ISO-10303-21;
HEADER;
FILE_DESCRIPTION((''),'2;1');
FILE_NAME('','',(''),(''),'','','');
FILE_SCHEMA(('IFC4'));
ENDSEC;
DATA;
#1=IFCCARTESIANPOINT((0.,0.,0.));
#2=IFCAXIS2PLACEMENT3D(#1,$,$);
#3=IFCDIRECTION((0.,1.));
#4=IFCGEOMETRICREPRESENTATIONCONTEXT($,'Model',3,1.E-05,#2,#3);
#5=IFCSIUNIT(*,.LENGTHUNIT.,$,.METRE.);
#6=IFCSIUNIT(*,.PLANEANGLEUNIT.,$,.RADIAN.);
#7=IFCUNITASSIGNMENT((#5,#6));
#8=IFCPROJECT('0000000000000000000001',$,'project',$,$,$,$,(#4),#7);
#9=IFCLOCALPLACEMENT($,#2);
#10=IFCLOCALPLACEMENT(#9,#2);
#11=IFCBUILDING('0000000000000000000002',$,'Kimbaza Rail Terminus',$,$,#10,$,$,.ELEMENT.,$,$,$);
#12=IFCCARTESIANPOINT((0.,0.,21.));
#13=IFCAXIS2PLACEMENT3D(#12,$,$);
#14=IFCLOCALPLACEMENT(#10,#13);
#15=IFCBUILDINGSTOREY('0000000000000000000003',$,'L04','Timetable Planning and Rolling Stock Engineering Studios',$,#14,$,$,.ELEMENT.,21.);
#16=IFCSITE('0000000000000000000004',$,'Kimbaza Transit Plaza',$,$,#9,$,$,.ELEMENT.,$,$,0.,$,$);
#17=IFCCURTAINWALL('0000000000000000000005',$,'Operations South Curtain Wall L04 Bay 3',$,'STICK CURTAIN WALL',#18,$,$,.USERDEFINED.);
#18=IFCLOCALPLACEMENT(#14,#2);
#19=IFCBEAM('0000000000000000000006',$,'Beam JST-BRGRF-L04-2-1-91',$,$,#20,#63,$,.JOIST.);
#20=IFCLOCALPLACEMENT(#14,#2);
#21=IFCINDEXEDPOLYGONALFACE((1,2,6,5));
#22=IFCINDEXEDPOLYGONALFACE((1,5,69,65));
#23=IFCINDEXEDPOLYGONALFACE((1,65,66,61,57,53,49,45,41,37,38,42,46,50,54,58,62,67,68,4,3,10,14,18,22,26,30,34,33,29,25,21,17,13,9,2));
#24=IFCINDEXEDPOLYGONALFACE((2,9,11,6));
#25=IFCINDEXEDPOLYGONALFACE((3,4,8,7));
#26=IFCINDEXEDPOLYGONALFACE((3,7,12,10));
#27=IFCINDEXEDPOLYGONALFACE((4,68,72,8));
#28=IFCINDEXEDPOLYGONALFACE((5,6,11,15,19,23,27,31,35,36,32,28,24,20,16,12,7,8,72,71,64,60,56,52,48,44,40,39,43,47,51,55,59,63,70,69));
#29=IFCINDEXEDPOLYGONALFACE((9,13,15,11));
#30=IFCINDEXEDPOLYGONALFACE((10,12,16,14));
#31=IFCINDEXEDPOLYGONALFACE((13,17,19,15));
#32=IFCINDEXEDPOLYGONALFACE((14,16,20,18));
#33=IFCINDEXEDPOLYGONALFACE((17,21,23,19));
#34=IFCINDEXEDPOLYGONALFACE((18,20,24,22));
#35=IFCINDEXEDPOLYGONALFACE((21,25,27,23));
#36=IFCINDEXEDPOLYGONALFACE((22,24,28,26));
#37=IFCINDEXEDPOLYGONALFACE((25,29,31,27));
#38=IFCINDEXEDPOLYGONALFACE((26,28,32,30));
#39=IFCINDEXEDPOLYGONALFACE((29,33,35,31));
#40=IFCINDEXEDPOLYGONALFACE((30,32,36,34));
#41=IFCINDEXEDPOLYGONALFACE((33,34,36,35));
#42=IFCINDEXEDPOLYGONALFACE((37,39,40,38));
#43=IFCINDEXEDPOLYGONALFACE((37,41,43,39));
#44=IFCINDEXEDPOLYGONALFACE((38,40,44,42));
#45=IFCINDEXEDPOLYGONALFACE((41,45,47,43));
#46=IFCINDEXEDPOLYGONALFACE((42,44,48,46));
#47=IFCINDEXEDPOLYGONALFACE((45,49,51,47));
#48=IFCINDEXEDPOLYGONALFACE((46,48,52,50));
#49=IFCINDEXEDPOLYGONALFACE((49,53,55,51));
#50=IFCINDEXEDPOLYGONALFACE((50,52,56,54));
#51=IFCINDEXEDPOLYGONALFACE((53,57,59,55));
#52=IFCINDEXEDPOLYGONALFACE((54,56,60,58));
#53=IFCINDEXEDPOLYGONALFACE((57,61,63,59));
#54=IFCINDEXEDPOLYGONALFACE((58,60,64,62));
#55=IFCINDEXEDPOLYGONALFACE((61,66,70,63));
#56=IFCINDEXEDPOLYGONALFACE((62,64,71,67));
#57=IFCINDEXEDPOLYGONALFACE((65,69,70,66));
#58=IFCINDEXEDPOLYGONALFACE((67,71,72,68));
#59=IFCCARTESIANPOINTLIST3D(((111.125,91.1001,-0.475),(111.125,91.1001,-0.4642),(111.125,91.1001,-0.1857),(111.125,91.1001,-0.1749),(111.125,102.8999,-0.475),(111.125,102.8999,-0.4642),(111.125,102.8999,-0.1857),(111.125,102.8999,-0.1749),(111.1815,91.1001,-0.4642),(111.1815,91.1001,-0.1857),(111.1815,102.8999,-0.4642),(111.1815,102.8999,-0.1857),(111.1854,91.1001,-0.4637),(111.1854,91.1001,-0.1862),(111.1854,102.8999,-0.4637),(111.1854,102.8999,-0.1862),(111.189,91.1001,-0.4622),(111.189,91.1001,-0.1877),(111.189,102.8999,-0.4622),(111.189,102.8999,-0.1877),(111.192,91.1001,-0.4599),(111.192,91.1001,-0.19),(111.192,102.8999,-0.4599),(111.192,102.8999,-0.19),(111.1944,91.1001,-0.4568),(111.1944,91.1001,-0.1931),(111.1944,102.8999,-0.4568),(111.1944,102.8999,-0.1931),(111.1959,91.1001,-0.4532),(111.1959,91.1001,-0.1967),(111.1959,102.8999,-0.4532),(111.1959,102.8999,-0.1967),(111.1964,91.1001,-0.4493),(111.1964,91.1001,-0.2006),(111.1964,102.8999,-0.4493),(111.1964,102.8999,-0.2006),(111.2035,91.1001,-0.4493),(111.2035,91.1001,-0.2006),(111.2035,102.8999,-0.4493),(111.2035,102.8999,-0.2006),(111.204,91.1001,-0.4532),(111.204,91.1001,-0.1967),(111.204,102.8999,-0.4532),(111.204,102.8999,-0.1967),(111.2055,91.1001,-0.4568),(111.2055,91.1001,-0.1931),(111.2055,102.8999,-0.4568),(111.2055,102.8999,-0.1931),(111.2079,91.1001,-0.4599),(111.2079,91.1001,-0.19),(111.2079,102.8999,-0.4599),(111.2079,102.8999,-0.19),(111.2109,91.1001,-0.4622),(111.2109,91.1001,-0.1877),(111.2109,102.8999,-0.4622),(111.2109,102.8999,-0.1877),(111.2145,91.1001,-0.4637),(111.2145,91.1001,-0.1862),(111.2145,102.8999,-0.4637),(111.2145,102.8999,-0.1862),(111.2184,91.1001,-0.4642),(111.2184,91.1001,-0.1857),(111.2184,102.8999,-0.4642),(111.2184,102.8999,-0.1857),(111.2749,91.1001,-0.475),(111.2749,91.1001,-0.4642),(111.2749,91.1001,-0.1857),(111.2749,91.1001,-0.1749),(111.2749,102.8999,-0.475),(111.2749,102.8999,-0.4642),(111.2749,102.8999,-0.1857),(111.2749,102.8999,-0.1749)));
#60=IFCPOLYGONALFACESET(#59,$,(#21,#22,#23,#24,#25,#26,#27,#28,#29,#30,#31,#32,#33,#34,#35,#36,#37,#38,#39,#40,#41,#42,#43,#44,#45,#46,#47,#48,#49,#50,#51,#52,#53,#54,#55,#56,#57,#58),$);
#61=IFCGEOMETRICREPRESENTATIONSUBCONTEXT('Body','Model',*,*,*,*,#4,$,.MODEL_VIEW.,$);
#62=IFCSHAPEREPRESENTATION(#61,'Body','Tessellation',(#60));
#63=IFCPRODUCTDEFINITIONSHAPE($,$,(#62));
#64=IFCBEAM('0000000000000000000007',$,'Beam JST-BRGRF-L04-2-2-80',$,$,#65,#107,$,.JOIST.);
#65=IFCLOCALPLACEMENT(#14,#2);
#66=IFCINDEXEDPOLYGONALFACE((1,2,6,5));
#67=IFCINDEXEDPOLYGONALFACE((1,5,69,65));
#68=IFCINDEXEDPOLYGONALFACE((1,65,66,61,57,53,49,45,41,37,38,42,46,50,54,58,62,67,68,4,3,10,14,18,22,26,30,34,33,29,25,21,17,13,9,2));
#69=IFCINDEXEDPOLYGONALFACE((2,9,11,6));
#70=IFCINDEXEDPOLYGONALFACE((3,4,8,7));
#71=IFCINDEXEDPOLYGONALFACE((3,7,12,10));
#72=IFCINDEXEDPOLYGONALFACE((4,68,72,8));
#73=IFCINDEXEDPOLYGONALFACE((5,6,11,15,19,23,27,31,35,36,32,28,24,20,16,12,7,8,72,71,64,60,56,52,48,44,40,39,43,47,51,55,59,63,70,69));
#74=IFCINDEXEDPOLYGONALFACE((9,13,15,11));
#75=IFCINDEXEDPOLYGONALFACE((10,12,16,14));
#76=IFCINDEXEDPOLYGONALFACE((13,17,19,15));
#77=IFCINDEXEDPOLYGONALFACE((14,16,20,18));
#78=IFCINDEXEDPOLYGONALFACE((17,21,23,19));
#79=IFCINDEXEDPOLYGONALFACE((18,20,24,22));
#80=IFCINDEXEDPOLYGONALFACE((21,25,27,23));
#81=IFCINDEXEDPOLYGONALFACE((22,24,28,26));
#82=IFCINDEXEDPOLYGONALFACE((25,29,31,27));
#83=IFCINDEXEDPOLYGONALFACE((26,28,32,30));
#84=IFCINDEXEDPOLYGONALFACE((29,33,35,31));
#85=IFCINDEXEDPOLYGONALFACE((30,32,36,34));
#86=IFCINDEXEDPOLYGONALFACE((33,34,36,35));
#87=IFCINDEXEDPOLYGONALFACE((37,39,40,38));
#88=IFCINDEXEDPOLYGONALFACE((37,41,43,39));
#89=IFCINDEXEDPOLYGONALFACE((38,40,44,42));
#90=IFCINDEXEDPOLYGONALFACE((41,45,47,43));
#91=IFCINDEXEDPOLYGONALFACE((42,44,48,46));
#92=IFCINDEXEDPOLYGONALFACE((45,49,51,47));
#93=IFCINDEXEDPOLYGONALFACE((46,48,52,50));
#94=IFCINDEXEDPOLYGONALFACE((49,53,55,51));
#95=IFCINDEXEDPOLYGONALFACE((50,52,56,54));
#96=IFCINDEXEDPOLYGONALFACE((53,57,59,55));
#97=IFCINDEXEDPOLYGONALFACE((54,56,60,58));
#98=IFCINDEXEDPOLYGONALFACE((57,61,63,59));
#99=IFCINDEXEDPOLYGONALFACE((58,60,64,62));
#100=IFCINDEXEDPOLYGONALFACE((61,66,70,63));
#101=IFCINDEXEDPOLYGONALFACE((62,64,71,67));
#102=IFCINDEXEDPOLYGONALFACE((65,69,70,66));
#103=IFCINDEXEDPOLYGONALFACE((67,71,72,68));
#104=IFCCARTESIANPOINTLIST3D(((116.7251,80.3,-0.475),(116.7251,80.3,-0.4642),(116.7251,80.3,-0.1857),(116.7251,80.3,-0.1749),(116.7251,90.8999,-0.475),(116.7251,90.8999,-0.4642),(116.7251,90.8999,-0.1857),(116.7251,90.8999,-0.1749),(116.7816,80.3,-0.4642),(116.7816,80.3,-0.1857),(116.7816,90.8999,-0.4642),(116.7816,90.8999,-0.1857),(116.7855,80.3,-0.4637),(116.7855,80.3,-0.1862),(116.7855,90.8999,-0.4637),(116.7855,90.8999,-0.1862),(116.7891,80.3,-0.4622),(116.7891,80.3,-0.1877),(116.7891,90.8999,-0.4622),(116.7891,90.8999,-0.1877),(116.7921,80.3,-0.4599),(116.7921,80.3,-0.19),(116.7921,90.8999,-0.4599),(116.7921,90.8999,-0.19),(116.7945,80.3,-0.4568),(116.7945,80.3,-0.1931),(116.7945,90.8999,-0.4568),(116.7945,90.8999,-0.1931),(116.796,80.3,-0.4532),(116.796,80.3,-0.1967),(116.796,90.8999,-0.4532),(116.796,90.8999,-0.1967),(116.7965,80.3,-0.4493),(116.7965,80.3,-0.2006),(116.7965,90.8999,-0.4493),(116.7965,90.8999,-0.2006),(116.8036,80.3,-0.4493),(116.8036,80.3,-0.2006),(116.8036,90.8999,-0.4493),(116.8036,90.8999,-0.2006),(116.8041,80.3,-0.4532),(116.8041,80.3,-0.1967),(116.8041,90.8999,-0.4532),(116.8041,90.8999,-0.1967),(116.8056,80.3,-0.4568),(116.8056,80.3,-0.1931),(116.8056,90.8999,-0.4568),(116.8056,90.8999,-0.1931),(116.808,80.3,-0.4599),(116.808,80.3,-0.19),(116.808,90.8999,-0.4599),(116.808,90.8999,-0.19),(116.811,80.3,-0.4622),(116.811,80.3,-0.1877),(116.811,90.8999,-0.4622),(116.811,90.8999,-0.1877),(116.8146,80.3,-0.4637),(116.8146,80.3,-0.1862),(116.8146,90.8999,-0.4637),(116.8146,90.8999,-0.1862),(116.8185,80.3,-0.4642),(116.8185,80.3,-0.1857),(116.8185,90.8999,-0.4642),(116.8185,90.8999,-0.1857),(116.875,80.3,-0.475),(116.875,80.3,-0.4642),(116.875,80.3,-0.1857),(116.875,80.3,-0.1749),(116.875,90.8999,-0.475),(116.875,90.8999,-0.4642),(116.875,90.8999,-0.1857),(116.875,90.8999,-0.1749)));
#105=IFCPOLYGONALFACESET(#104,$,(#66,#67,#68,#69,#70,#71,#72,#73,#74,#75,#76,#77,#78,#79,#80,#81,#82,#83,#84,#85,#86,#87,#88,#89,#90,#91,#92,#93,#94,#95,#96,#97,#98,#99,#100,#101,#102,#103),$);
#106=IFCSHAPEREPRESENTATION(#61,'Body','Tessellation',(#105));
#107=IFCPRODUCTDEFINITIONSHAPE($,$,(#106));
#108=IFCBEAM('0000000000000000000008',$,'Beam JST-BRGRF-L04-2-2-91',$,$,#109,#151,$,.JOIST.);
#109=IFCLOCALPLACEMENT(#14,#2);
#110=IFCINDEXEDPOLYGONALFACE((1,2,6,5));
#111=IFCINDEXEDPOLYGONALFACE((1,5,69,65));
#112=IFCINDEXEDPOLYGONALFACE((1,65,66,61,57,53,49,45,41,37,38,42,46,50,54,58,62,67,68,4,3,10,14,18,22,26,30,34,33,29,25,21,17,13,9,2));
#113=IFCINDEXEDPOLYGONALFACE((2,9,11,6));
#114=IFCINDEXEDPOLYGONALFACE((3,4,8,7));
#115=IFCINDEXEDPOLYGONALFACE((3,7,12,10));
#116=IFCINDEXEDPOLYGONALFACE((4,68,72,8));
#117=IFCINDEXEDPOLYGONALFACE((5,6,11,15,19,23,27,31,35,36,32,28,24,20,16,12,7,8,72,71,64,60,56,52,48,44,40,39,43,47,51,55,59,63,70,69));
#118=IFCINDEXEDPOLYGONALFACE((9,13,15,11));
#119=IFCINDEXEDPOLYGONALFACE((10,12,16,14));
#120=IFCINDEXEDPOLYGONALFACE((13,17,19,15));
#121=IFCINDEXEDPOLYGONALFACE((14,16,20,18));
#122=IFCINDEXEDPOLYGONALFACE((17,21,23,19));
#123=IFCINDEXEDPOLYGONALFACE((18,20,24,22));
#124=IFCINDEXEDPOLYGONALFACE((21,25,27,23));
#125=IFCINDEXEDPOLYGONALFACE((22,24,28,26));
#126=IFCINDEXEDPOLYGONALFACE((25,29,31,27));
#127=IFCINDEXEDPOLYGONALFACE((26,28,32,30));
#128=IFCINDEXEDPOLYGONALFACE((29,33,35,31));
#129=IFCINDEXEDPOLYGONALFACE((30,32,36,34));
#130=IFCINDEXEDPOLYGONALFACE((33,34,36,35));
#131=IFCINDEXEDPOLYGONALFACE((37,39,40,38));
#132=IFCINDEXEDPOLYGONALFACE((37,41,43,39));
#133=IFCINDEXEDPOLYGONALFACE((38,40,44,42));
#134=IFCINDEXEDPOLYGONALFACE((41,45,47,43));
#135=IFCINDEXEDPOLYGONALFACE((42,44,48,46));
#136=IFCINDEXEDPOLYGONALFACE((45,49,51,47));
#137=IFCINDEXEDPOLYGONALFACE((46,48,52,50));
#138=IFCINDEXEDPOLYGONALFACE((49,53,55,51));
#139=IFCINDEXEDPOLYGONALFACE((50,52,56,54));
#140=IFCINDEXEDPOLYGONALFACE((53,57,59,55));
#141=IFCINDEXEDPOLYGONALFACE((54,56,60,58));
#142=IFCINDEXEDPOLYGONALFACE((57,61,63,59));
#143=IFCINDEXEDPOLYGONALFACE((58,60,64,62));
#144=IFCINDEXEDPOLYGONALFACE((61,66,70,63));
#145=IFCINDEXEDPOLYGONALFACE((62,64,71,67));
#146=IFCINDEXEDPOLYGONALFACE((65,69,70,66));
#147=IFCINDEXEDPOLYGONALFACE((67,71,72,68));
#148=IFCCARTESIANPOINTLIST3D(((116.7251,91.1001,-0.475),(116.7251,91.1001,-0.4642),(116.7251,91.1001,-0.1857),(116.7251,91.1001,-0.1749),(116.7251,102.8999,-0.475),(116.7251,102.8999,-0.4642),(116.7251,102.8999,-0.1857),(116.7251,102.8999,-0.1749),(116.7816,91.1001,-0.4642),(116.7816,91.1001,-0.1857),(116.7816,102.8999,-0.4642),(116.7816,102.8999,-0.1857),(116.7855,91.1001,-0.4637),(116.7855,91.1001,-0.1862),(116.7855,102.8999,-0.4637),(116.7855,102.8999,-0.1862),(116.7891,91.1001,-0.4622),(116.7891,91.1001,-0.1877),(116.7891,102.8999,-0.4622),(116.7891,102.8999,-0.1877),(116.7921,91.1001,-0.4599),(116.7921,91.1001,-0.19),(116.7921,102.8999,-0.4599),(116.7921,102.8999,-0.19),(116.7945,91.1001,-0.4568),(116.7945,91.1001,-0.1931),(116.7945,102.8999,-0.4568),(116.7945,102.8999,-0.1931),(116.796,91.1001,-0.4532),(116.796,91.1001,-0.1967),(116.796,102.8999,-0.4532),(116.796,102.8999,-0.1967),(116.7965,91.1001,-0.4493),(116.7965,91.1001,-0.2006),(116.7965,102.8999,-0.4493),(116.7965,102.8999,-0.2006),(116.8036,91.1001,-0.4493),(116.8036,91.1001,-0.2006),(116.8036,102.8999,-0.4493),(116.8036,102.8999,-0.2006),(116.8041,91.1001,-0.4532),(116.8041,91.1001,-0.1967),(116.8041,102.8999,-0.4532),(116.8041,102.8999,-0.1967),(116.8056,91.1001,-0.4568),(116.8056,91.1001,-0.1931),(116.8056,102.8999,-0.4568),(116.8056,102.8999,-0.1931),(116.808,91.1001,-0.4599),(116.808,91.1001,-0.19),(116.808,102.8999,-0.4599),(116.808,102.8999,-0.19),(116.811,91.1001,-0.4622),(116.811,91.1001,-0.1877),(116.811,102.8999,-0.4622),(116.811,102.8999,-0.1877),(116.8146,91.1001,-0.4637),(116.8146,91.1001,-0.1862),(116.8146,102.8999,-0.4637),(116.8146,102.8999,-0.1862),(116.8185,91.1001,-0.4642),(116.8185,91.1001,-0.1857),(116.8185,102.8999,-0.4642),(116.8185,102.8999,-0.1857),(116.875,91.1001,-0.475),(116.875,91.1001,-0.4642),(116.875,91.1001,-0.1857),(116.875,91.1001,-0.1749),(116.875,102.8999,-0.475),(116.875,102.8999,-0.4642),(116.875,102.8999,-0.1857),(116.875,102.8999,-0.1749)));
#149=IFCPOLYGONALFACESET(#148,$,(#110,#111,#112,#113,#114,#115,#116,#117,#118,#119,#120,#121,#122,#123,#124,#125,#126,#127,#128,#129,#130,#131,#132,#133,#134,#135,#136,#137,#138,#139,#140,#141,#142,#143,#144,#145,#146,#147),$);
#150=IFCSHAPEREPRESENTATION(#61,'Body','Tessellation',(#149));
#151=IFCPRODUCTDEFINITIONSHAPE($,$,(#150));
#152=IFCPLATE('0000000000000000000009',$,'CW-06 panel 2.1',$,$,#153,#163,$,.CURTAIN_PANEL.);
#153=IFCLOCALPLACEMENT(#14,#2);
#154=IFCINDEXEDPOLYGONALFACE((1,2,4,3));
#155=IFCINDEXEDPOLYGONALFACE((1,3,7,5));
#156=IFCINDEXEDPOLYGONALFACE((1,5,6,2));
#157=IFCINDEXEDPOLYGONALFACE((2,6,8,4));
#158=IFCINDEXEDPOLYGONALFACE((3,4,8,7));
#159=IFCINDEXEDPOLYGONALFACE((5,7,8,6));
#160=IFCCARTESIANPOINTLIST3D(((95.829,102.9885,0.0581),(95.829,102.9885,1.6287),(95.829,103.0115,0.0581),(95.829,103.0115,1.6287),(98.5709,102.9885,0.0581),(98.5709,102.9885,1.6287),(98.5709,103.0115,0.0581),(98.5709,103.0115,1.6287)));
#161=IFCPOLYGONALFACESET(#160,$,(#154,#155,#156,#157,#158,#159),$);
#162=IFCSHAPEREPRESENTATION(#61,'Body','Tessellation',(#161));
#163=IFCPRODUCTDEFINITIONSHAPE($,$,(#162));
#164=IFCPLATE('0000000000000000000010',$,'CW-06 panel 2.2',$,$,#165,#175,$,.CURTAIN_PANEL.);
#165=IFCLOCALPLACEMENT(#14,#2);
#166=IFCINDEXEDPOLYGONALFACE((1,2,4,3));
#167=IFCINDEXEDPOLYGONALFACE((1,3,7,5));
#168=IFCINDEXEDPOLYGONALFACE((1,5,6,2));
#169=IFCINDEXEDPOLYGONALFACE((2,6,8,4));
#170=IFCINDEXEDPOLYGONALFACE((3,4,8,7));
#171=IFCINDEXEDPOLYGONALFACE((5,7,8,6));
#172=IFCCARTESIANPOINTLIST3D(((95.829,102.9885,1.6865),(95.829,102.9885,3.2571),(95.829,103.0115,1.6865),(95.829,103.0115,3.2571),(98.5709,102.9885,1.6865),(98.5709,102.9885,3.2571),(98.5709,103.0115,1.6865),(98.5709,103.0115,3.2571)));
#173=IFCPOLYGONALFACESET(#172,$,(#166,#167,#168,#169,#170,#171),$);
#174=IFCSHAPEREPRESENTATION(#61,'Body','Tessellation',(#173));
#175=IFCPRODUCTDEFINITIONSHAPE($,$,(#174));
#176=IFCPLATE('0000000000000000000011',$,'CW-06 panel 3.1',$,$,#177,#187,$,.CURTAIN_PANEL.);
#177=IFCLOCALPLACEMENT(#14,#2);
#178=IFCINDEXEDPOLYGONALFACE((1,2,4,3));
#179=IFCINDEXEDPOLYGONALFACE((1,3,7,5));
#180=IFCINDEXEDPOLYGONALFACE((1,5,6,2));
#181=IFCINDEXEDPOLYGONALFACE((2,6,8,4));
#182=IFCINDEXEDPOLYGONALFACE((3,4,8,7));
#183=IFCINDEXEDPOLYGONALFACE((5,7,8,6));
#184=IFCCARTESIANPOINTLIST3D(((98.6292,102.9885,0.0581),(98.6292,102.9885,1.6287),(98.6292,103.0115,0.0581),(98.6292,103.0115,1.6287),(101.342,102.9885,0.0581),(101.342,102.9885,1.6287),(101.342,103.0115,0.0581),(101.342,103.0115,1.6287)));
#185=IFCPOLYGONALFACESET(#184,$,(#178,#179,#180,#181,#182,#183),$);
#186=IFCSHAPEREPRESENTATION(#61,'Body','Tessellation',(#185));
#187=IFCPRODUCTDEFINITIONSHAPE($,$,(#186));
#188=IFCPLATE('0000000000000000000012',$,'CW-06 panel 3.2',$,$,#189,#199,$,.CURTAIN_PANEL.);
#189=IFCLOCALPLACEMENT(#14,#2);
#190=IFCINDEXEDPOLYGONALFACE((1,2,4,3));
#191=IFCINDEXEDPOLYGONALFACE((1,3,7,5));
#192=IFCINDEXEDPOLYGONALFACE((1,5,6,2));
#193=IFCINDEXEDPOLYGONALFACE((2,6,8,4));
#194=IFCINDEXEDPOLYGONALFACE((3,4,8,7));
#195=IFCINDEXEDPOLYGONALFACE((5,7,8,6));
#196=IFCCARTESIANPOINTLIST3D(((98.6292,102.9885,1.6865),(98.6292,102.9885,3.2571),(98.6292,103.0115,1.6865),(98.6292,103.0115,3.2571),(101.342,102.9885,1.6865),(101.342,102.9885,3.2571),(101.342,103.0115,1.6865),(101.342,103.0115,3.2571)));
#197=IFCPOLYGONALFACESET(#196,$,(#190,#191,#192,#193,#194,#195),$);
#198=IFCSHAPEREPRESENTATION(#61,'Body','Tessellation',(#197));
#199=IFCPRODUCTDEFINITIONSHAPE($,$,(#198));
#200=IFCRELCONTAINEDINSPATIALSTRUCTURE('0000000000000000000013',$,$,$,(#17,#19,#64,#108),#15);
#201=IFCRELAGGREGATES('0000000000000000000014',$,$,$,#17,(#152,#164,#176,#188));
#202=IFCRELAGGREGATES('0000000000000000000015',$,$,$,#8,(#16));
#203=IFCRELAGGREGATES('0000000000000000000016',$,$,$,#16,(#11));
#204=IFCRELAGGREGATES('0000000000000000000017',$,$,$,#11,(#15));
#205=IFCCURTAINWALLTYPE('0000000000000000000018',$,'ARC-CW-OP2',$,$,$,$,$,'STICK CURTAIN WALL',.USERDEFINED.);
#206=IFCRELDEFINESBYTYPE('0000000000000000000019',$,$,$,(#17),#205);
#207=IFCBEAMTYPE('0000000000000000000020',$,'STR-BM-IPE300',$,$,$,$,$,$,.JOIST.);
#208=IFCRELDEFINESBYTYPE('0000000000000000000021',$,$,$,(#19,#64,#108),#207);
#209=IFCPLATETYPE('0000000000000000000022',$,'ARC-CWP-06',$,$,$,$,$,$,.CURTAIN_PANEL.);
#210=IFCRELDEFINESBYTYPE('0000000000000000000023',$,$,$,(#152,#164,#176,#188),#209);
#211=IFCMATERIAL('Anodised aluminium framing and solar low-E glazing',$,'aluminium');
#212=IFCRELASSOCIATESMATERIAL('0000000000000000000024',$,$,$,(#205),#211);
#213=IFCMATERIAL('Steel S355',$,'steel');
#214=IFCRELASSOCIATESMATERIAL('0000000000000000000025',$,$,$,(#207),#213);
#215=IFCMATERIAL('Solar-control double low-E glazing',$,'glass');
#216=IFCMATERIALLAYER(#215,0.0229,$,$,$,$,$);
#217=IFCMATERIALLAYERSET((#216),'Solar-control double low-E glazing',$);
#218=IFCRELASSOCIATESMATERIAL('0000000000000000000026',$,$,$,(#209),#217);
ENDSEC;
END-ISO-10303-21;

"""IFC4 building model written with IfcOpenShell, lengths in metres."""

from ifc_helpers import new_model, si_unit, direction, frame, origin, origin_2d, place, context, subcontext, project, spatial, rectangle, i_section, extrude, material, layer, layer_set, material_profile, profile_set, type_object, element, aggregate, save


model = new_model("IFC4")

# Units and contexts
model_context = context("Model", 3, precision=1e-05, world=origin(), true_north=direction((0.0, 1.0)))
body_context = subcontext(model_context, "Body", "Model", "MODEL_VIEW")
ifc_project = project(units=[si_unit("LENGTHUNIT", "METRE"), si_unit("PLANEANGLEUNIT", "RADIAN")], contexts=[model_context])

# Site, building, storey
site_placement = place(None, origin())
site = spatial("IfcSite", under=ifc_project, at=site_placement, Name="Kimbaza Transit Plaza", CompositionType="ELEMENT", RefElevation=0.0)
building_placement = place(site_placement, origin())
building = spatial("IfcBuilding", under=site, at=building_placement, Name="Kimbaza Rail Terminus", CompositionType="ELEMENT")
storey_placement = place(building_placement, frame((0.0, 0.0, 21.0)))
storey = spatial("IfcBuildingStorey", under=building, at=storey_placement, Name="L04", Description="Timetable Planning and Rolling Stock Engineering Studios", CompositionType="ELEMENT", Elevation=21.0)

# Curtain wall
ifc_material_1 = material(Name="Anodised aluminium framing and solar low-E glazing", Category="aluminium")
curtain_wall_type = type_object("IfcCurtainWallType", Name="ARC-CW-OP2", ElementType="STICK CURTAIN WALL", PredefinedType="USERDEFINED", material=ifc_material_1)
curtain_wall_1_placement = place(storey_placement, origin())
curtain_wall_1 = element("IfcCurtainWall", 1, at=curtain_wall_1_placement, inside=storey, type_object=curtain_wall_type, Name="Operations South Curtain Wall L04 Bay 3", ObjectType="STICK CURTAIN WALL", PredefinedType="USERDEFINED")

# Beams
ifc_material_2 = material(Name="Steel S355", Category="steel")
ifc_material_profile_1 = material_profile(ifc_material_2, i_section(OverallWidth=0.1499, OverallDepth=0.3, WebThickness=0.0071, FlangeThickness=0.0107, FilletRadius=0.0149, at=origin_2d()), Name="IPE 300")
ifc_profile_set_1 = profile_set([ifc_material_profile_1], Name="Steel S355")
beam_type_1 = type_object("IfcBeamType", Name="STR-BM-IPE300", PredefinedType="JOIST", material=ifc_profile_set_1)
beam_1_placement = place(storey_placement, frame((111.2, 91.1001, -0.325), z_axis=(0.0, 1.0, 0.0), x_axis=(-1.0, 0.0, 0.0)))
element("IfcBeam", 2, at=beam_1_placement, inside=storey, type_object=beam_type_1, Name="Beam JST-BRGRF-L04-2-1-91", PredefinedType="JOIST", context=body_context, shape_type="SweptSolid", body=[
    extrude(i_section(OverallWidth=0.1499, OverallDepth=0.3, WebThickness=0.0071, FlangeThickness=0.0107, FilletRadius=0.0149, at=origin_2d()), origin(), (0.0, 0.0, 1.0), 11.7998),
])
beam_2_placement = place(storey_placement, frame((116.8, 80.3, -0.325), z_axis=(0.0, 1.0, 0.0), x_axis=(-1.0, 0.0, 0.0)))
element("IfcBeam", 3, at=beam_2_placement, inside=storey, type_object=beam_type_1, Name="Beam JST-BRGRF-L04-2-2-80", PredefinedType="JOIST", context=body_context, shape_type="SweptSolid", body=[
    extrude(i_section(OverallWidth=0.1499, OverallDepth=0.3, WebThickness=0.0071, FlangeThickness=0.0107, FilletRadius=0.0149, at=origin_2d()), origin(), (0.0, 0.0, 1.0), 10.5999),
])
beam_3_placement = place(storey_placement, frame((116.8, 91.1001, -0.325), z_axis=(0.0, 1.0, 0.0), x_axis=(-1.0, 0.0, 0.0)))
element("IfcBeam", 4, at=beam_3_placement, inside=storey, type_object=beam_type_1, Name="Beam JST-BRGRF-L04-2-2-91", PredefinedType="JOIST", context=body_context, shape_type="SweptSolid", body=[
    extrude(i_section(OverallWidth=0.1499, OverallDepth=0.3, WebThickness=0.0071, FlangeThickness=0.0107, FilletRadius=0.0149, at=origin_2d()), origin(), (0.0, 0.0, 1.0), 11.7998),
])

# Plates
ifc_material_3 = material(Name="Solar-control double low-E glazing", Category="glass")
ifc_layer_1 = layer(ifc_material_3, 0.0229)
ifc_layer_set_1 = layer_set([ifc_layer_1], Name="Solar-control double low-E glazing")
plate_type = type_object("IfcPlateType", Name="ARC-CWP-06", PredefinedType="CURTAIN_PANEL", material=ifc_layer_set_1)
plate_1_placement = place(storey_placement, frame((97.2, 103.0, 0.0581), z_axis=(0.0, 0.0, 1.0), x_axis=(1.0, 0.0, 0.0)))
plate_1 = element("IfcPlate", 5, at=plate_1_placement, type_object=plate_type, Name="CW-06 panel 2.1", PredefinedType="CURTAIN_PANEL", context=body_context, shape_type="SweptSolid", body=[
    extrude(rectangle(XDim=2.7419, YDim=0.0229, at=origin_2d()), origin(), (0.0, 0.0, 1.0), 1.5706),
])
plate_2_placement = place(storey_placement, frame((97.2, 103.0, 1.6865), z_axis=(0.0, 0.0, 1.0), x_axis=(1.0, 0.0, 0.0)))
plate_2 = element("IfcPlate", 6, at=plate_2_placement, type_object=plate_type, Name="CW-06 panel 2.2", PredefinedType="CURTAIN_PANEL", context=body_context, shape_type="SweptSolid", body=[
    extrude(rectangle(XDim=2.7419, YDim=0.0229, at=origin_2d()), origin(), (0.0, 0.0, 1.0), 1.5706),
])
plate_3_placement = place(storey_placement, frame((99.9856, 103.0, 0.0581), z_axis=(0.0, 0.0, 1.0), x_axis=(1.0, 0.0, 0.0)))
plate_3 = element("IfcPlate", 7, at=plate_3_placement, type_object=plate_type, Name="CW-06 panel 3.1", PredefinedType="CURTAIN_PANEL", context=body_context, shape_type="SweptSolid", body=[
    extrude(rectangle(XDim=2.7129, YDim=0.0229, at=origin_2d()), origin(), (0.0, 0.0, 1.0), 1.5706),
])
plate_4_placement = place(storey_placement, frame((99.9856, 103.0, 1.6865), z_axis=(0.0, 0.0, 1.0), x_axis=(1.0, 0.0, 0.0)))
plate_4 = element("IfcPlate", 8, at=plate_4_placement, type_object=plate_type, Name="CW-06 panel 3.2", PredefinedType="CURTAIN_PANEL", context=body_context, shape_type="SweptSolid", body=[
    extrude(rectangle(XDim=2.7129, YDim=0.0229, at=origin_2d()), origin(), (0.0, 0.0, 1.0), 1.5706),
])
aggregate(curtain_wall_1, [plate_1, plate_2, plate_3, plate_4])

save(model, "model.ifc")
